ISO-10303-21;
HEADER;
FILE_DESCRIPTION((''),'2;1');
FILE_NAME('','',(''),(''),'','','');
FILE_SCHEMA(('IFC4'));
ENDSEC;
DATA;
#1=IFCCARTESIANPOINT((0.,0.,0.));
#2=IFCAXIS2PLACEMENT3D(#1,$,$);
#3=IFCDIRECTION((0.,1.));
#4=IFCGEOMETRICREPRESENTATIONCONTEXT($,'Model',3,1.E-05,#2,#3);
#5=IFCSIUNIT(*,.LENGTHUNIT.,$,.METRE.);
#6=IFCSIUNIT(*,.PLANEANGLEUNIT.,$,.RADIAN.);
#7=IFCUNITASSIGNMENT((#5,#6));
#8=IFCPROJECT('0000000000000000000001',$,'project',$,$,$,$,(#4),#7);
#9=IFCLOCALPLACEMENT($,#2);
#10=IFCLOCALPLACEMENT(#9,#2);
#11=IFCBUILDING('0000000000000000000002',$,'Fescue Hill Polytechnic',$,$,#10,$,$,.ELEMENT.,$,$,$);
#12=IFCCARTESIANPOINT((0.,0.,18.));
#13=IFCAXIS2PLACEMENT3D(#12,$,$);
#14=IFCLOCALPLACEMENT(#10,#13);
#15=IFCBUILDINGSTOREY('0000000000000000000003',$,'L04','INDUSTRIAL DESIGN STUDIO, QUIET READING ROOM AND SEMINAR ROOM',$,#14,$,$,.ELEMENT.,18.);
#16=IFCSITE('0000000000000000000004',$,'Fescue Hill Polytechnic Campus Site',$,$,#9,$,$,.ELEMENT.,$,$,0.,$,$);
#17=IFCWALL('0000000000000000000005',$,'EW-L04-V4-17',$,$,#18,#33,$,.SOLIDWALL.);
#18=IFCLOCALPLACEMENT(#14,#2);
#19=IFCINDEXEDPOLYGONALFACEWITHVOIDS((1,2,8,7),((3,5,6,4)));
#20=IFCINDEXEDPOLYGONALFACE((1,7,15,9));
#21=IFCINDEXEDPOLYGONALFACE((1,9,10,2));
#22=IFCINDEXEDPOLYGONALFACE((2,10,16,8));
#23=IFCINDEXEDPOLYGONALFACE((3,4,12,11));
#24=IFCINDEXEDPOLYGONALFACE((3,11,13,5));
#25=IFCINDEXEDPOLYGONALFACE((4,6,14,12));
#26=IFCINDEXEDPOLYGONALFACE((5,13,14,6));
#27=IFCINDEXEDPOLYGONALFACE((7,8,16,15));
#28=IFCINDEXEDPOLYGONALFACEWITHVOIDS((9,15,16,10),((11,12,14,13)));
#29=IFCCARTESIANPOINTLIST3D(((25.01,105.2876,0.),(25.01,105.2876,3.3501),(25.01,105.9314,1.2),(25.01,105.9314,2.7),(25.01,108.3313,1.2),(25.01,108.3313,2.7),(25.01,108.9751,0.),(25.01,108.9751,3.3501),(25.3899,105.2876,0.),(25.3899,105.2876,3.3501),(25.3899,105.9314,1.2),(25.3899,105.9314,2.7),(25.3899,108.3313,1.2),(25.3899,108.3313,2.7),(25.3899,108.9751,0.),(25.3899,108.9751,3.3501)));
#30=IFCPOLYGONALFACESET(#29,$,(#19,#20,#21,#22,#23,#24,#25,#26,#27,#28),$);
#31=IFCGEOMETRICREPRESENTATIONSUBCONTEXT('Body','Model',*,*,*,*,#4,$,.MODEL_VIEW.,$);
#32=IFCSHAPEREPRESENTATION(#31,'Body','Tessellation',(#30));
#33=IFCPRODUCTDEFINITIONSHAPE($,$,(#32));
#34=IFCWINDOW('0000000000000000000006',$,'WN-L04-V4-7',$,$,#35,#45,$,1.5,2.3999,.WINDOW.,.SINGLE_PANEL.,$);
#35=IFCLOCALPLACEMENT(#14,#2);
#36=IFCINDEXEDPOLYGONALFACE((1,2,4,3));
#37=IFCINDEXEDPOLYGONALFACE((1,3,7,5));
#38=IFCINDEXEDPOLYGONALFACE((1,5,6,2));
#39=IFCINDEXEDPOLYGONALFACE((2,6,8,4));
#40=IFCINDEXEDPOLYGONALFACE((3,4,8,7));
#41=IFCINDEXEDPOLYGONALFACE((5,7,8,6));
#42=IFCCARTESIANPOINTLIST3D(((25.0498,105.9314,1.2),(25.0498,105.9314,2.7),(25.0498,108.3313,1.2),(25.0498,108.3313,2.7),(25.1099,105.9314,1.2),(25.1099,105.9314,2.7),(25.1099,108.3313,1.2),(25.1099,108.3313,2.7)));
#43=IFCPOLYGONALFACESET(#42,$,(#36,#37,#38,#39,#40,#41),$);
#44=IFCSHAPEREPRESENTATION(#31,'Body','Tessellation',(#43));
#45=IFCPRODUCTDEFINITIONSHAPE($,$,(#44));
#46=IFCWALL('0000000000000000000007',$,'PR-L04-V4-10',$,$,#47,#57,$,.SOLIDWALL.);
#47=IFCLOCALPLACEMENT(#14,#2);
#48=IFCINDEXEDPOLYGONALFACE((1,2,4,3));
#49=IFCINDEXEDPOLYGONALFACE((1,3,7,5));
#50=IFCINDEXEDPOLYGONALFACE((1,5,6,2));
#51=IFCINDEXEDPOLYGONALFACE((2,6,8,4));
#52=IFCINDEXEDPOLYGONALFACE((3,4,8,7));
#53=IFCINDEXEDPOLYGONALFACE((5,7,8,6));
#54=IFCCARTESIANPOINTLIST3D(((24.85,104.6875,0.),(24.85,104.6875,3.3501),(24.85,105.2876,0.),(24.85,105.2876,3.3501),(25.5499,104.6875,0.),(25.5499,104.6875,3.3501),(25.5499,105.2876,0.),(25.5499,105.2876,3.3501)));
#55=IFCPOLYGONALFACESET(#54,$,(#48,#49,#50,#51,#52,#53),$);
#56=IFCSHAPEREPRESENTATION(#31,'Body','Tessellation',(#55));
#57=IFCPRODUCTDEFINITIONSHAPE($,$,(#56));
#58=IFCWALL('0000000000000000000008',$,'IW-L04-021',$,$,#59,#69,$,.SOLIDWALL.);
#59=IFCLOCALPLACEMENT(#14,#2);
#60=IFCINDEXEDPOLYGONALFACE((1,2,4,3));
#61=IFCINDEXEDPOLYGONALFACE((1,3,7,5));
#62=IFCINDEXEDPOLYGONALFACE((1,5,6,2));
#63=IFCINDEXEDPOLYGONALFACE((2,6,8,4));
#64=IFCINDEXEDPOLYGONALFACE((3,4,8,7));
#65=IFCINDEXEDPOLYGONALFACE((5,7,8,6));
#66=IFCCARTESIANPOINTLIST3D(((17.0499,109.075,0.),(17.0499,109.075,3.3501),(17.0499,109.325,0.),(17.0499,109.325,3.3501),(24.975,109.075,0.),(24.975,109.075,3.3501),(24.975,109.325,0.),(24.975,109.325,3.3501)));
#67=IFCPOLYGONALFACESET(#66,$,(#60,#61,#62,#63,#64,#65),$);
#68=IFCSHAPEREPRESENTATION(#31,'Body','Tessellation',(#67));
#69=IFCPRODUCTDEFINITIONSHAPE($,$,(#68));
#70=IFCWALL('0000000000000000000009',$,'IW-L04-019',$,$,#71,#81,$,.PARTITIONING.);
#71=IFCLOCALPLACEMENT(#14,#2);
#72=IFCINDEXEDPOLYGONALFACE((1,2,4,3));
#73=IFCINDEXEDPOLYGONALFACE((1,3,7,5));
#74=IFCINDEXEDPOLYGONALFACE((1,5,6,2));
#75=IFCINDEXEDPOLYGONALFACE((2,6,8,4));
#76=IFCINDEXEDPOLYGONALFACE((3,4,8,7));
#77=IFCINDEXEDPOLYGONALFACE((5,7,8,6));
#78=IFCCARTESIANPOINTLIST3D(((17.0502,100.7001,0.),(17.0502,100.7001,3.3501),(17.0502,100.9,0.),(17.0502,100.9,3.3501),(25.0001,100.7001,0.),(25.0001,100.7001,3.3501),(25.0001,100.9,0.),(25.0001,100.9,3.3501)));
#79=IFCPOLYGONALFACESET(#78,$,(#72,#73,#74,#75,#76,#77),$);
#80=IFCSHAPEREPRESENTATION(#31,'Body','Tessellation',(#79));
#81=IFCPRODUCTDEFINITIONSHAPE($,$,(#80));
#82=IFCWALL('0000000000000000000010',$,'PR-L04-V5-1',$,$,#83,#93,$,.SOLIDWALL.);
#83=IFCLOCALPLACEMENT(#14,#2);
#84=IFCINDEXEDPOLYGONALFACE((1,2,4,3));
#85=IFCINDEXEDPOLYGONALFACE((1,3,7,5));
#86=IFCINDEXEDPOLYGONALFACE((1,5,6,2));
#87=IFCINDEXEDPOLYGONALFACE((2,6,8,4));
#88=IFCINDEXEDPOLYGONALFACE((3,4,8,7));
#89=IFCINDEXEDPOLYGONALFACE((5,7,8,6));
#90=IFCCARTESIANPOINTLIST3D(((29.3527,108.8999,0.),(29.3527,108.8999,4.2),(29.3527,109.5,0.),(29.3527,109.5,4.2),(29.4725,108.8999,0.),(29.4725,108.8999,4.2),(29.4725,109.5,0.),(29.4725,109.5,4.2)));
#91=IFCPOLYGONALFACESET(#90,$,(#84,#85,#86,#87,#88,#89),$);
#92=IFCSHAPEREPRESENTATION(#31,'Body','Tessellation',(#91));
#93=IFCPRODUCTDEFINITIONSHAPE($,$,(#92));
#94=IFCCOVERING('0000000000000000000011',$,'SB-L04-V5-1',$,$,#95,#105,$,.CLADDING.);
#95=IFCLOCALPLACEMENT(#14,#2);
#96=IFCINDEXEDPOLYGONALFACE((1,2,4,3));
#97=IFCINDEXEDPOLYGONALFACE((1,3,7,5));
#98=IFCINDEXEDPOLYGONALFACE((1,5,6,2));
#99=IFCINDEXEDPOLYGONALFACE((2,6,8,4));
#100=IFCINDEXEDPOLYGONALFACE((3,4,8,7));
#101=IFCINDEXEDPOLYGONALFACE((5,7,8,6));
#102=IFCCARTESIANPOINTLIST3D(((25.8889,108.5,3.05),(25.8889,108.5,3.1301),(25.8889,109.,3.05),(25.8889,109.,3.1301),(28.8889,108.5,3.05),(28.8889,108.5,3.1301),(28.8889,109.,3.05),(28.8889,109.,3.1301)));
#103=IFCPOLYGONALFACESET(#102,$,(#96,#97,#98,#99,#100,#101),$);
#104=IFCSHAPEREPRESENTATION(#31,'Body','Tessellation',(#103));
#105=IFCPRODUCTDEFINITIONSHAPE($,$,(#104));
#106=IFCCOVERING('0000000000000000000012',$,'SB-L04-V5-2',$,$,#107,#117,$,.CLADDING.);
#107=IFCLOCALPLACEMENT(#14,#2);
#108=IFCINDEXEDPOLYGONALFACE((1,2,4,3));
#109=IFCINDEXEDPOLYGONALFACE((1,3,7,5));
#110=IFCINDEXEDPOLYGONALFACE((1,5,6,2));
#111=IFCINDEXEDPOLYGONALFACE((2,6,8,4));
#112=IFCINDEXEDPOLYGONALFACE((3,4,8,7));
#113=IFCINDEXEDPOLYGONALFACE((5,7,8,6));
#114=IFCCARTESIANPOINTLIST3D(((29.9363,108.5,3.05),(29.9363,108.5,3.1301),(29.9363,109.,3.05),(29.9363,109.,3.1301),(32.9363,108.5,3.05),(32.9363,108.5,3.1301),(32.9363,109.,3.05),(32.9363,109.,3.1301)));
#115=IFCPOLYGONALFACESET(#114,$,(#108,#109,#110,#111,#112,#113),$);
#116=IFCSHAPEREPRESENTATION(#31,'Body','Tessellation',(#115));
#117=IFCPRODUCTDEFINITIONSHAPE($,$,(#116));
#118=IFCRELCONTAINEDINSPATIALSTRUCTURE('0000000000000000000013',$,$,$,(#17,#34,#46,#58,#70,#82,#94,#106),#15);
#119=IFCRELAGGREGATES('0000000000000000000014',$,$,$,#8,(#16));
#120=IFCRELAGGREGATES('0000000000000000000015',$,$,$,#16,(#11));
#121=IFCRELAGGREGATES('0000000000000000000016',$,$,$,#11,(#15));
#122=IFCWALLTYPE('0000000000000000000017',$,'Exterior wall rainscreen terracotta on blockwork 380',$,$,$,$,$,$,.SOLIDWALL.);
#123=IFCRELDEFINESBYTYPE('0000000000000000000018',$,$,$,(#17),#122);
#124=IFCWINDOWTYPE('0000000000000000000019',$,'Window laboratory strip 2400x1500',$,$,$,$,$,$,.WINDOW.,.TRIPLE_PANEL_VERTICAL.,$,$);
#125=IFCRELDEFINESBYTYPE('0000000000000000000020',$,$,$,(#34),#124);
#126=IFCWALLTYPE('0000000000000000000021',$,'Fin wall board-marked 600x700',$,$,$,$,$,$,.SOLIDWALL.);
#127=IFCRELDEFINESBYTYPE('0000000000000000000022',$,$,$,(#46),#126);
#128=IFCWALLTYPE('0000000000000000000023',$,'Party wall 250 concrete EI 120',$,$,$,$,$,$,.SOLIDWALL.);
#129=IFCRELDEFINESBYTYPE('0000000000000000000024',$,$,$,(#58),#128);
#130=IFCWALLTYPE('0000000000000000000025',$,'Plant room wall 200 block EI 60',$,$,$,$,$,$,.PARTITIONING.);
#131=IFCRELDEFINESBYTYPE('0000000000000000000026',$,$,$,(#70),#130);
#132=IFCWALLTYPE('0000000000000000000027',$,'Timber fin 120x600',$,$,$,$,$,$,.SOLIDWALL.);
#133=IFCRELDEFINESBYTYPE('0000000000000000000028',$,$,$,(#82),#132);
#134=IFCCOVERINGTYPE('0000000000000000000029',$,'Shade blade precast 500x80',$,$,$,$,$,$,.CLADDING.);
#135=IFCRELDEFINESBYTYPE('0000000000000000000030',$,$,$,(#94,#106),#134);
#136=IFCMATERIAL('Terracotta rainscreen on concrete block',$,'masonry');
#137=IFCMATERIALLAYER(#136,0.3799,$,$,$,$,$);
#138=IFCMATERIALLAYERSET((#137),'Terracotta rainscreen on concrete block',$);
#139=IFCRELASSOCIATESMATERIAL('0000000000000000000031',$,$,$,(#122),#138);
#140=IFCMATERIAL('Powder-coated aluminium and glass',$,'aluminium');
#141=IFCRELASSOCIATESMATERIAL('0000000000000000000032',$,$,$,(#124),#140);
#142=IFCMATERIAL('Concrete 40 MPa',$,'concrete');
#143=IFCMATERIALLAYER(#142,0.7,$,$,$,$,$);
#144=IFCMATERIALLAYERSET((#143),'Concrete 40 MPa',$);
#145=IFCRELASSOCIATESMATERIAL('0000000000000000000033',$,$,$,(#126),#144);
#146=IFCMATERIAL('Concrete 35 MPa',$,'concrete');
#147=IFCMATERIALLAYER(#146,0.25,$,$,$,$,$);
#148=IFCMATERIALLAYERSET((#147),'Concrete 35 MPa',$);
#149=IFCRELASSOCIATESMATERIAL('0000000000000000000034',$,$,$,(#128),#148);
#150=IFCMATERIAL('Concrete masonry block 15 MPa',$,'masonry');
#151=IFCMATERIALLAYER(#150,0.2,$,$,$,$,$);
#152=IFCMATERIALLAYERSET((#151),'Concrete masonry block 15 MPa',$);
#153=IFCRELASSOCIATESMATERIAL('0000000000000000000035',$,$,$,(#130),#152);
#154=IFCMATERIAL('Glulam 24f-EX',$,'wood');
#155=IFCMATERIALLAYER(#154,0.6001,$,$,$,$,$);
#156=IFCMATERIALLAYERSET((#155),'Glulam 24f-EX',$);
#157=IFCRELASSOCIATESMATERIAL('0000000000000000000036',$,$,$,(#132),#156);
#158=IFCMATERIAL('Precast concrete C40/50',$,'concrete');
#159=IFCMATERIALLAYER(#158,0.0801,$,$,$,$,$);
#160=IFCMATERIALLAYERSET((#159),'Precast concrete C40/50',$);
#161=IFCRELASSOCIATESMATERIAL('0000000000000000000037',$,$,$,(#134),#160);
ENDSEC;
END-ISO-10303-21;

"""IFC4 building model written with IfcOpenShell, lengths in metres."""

from ifc_helpers import new_model, si_unit, direction, frame, frame_2d, origin, origin_2d, place, context, subcontext, project, spatial, rectangle, extrude, material, layer, layer_set, type_object, element, fill, save


model = new_model("IFC4")

# Units and contexts
model_context = context("Model", 3, precision=1e-05, world=origin(), true_north=direction((0.0, 1.0)))
body_context = subcontext(model_context, "Body", "Model", "MODEL_VIEW")
ifc_project = project(units=[si_unit("LENGTHUNIT", "METRE"), si_unit("PLANEANGLEUNIT", "RADIAN")], contexts=[model_context])

# Site, building, storey
site_placement = place(None, origin())
site = spatial("IfcSite", under=ifc_project, at=site_placement, Name="Fescue Hill Polytechnic Campus Site", CompositionType="ELEMENT", RefElevation=0.0)
building_placement = place(site_placement, origin())
building = spatial("IfcBuilding", under=site, at=building_placement, Name="Fescue Hill Polytechnic", CompositionType="ELEMENT")
storey_placement = place(building_placement, frame((0.0, 0.0, 18.0)))
storey = spatial("IfcBuildingStorey", under=building, at=storey_placement, Name="L04", Description="INDUSTRIAL DESIGN STUDIO, QUIET READING ROOM AND SEMINAR ROOM", CompositionType="ELEMENT", Elevation=18.0)

# Shared definitions
ifc_material_1 = material(Name="Concrete 40 MPa", Category="concrete")

# Shared definitions
ifc_material_2 = material(Name="Concrete 35 MPa", Category="concrete")

# Wall, opening, window
ifc_material_3 = material(Name="Powder-coated aluminium and glass", Category="aluminium")
ifc_material_4 = material(Name="Terracotta rainscreen on concrete block", Category="masonry")
ifc_layer_1 = layer(ifc_material_4, 0.3799)
ifc_layer_set_1 = layer_set([ifc_layer_1], Name="Terracotta rainscreen on concrete block")
wall_type_1 = type_object("IfcWallType", Name="Exterior wall rainscreen terracotta on blockwork 380", PredefinedType="SOLIDWALL", material=ifc_layer_set_1)
window_type_1 = type_object("IfcWindowType", Name="Window laboratory strip 2400x1500", PartitioningType="TRIPLE_PANEL_VERTICAL", PredefinedType="WINDOW", material=ifc_material_3)
wall_1_placement = place(storey_placement, frame((25.2, 105.2876, 0.0), z_axis=(0.0, 0.0, 1.0), x_axis=(0.0, 1.0, 0.0)))
wall_1 = element("IfcWall", 1, at=wall_1_placement, inside=storey, type_object=wall_type_1, Name="EW-L04-V4-17", PredefinedType="SOLIDWALL", context=body_context, shape_type="SweptSolid", body=[
    extrude(rectangle(XDim=3.6875, YDim=0.3799, at=frame_2d((1.8438, 0.0))), origin(), (0.0, 0.0, 1.0), 3.3501),
])
opening_1_placement = place(wall_1_placement, frame((0.6438, 0.0, 1.2)))
opening_1 = element("IfcOpeningElement", 2, at=opening_1_placement, cuts=wall_1, PredefinedType="OPENING", context=body_context, shape_type="SweptSolid", body=[
    extrude(rectangle(XDim=2.3999, YDim=1.5, at=frame_2d((1.2, 0.75))), frame((0.0, 0.2, 0.0), z_axis=(0.0, -1.0, 0.0), x_axis=(1.0, 0.0, 0.0)), (0.0, 0.0, 1.0), 0.3999),
])
window_1_placement = place(opening_1_placement, origin())
window_1 = element("IfcWindow", 3, at=window_1_placement, inside=storey, type_object=window_type_1, Name="WN-L04-V4-7", OverallHeight=1.5, OverallWidth=2.3999, PartitioningType="SINGLE_PANEL", PredefinedType="WINDOW", context=body_context, shape_type="SweptSolid", body=[
    extrude(rectangle(XDim=2.3999, YDim=1.5, at=frame_2d((1.2, 0.75))), frame((0.0, 0.1501, 0.0), z_axis=(0.0, -1.0, 0.0), x_axis=(1.0, 0.0, 0.0)), (0.0, 0.0, 1.0), 0.0601),
])
fill(opening_1, window_1)

# Walls
ifc_layer_2 = layer(ifc_material_1, 0.7)
ifc_layer_set_2 = layer_set([ifc_layer_2], Name="Concrete 40 MPa")
wall_type_2 = type_object("IfcWallType", Name="Fin wall board-marked 600x700", PredefinedType="SOLIDWALL", material=ifc_layer_set_2)
wall_2_placement = place(storey_placement, frame((25.2, 104.6875, 0.0), z_axis=(0.0, 0.0, 1.0), x_axis=(0.0, 1.0, 0.0)))
element("IfcWall", 4, at=wall_2_placement, inside=storey, type_object=wall_type_2, Name="PR-L04-V4-10", PredefinedType="SOLIDWALL", context=body_context, shape_type="SweptSolid", body=[
    extrude(rectangle(XDim=0.6001, YDim=0.7, at=frame_2d((0.3, 0.0))), origin(), (0.0, 0.0, 1.0), 3.3501),
])
ifc_layer_3 = layer(ifc_material_2, 0.25)
ifc_layer_set_3 = layer_set([ifc_layer_3], Name="Concrete 35 MPa")
wall_type_3 = type_object("IfcWallType", Name="Party wall 250 concrete EI 120", PredefinedType="SOLIDWALL", material=ifc_layer_set_3)
wall_3_placement = place(storey_placement, frame((17.05, 109.2, 0.0), z_axis=(0.0, 0.0, 1.0), x_axis=(1.0, 0.0, 0.0)))
element("IfcWall", 5, at=wall_3_placement, inside=storey, type_object=wall_type_3, Name="IW-L04-021", PredefinedType="SOLIDWALL", context=body_context, shape_type="SweptSolid", body=[
    extrude(rectangle(XDim=7.925, YDim=0.25, at=frame_2d((3.9624, 0.0))), origin(), (0.0, 0.0, 1.0), 3.3501),
])
ifc_material_5 = material(Name="Concrete masonry block 15 MPa", Category="masonry")
ifc_layer_4 = layer(ifc_material_5, 0.2)
ifc_layer_set_4 = layer_set([ifc_layer_4], Name="Concrete masonry block 15 MPa")
wall_type_4 = type_object("IfcWallType", Name="Plant room wall 200 block EI 60", PredefinedType="PARTITIONING", material=ifc_layer_set_4)
wall_4_placement = place(storey_placement, frame((17.05, 100.8, 0.0), z_axis=(0.0, 0.0, 1.0), x_axis=(1.0, 0.0, 0.0)))
element("IfcWall", 6, at=wall_4_placement, inside=storey, type_object=wall_type_4, Name="IW-L04-019", PredefinedType="PARTITIONING", context=body_context, shape_type="SweptSolid", body=[
    extrude(rectangle(XDim=7.95, YDim=0.2, at=frame_2d((3.9751, 0.0))), origin(), (0.0, 0.0, 1.0), 3.3501),
])
ifc_material_6 = material(Name="Glulam 24f-EX", Category="wood")
ifc_layer_5 = layer(ifc_material_6, 0.6001)
ifc_layer_set_5 = layer_set([ifc_layer_5], Name="Glulam 24f-EX")
wall_type_5 = type_object("IfcWallType", Name="Timber fin 120x600", PredefinedType="SOLIDWALL", material=ifc_layer_set_5)
wall_5_placement = place(storey_placement, frame((29.3525, 109.2, 0.0), z_axis=(0.0, 0.0, 1.0), x_axis=(1.0, 0.0, 0.0)))
element("IfcWall", 7, at=wall_5_placement, inside=storey, type_object=wall_type_5, Name="PR-L04-V5-1", PredefinedType="SOLIDWALL", context=body_context, shape_type="SweptSolid", body=[
    extrude(rectangle(XDim=0.1199, YDim=0.6001, at=frame_2d((0.0601, 0.0))), origin(), (0.0, 0.0, 1.0), 4.2),
])

# Coverings
ifc_material_7 = material(Name="Precast concrete C40/50", Category="concrete")
ifc_layer_6 = layer(ifc_material_7, 0.0801)
ifc_layer_set_6 = layer_set([ifc_layer_6], Name="Precast concrete C40/50")
covering_type = type_object("IfcCoveringType", Name="Shade blade precast 500x80", PredefinedType="CLADDING", material=ifc_layer_set_6)
for number, where, z_axis, x_axis, name in (
    (8, (27.3889, 108.75, 3.05), (0.0, 0.0, 1.0), (1.0, 0.0, 0.0), "SB-L04-V5-1"),
    (9, (31.4363, 108.75, 3.05), (0.0, 0.0, 1.0), (1.0, 0.0, 0.0), "SB-L04-V5-2"),
):
    element("IfcCovering", number, at=place(storey_placement, frame(where, z_axis=z_axis, x_axis=x_axis)), inside=storey, type_object=covering_type, Name=name, PredefinedType="CLADDING", context=body_context, shape_type="SweptSolid", body=[
        extrude(rectangle(XDim=3.0, YDim=0.5, at=origin_2d()), origin(), (0.0, 0.0, 1.0), 0.0801),
    ])

save(model, "model.ifc")
